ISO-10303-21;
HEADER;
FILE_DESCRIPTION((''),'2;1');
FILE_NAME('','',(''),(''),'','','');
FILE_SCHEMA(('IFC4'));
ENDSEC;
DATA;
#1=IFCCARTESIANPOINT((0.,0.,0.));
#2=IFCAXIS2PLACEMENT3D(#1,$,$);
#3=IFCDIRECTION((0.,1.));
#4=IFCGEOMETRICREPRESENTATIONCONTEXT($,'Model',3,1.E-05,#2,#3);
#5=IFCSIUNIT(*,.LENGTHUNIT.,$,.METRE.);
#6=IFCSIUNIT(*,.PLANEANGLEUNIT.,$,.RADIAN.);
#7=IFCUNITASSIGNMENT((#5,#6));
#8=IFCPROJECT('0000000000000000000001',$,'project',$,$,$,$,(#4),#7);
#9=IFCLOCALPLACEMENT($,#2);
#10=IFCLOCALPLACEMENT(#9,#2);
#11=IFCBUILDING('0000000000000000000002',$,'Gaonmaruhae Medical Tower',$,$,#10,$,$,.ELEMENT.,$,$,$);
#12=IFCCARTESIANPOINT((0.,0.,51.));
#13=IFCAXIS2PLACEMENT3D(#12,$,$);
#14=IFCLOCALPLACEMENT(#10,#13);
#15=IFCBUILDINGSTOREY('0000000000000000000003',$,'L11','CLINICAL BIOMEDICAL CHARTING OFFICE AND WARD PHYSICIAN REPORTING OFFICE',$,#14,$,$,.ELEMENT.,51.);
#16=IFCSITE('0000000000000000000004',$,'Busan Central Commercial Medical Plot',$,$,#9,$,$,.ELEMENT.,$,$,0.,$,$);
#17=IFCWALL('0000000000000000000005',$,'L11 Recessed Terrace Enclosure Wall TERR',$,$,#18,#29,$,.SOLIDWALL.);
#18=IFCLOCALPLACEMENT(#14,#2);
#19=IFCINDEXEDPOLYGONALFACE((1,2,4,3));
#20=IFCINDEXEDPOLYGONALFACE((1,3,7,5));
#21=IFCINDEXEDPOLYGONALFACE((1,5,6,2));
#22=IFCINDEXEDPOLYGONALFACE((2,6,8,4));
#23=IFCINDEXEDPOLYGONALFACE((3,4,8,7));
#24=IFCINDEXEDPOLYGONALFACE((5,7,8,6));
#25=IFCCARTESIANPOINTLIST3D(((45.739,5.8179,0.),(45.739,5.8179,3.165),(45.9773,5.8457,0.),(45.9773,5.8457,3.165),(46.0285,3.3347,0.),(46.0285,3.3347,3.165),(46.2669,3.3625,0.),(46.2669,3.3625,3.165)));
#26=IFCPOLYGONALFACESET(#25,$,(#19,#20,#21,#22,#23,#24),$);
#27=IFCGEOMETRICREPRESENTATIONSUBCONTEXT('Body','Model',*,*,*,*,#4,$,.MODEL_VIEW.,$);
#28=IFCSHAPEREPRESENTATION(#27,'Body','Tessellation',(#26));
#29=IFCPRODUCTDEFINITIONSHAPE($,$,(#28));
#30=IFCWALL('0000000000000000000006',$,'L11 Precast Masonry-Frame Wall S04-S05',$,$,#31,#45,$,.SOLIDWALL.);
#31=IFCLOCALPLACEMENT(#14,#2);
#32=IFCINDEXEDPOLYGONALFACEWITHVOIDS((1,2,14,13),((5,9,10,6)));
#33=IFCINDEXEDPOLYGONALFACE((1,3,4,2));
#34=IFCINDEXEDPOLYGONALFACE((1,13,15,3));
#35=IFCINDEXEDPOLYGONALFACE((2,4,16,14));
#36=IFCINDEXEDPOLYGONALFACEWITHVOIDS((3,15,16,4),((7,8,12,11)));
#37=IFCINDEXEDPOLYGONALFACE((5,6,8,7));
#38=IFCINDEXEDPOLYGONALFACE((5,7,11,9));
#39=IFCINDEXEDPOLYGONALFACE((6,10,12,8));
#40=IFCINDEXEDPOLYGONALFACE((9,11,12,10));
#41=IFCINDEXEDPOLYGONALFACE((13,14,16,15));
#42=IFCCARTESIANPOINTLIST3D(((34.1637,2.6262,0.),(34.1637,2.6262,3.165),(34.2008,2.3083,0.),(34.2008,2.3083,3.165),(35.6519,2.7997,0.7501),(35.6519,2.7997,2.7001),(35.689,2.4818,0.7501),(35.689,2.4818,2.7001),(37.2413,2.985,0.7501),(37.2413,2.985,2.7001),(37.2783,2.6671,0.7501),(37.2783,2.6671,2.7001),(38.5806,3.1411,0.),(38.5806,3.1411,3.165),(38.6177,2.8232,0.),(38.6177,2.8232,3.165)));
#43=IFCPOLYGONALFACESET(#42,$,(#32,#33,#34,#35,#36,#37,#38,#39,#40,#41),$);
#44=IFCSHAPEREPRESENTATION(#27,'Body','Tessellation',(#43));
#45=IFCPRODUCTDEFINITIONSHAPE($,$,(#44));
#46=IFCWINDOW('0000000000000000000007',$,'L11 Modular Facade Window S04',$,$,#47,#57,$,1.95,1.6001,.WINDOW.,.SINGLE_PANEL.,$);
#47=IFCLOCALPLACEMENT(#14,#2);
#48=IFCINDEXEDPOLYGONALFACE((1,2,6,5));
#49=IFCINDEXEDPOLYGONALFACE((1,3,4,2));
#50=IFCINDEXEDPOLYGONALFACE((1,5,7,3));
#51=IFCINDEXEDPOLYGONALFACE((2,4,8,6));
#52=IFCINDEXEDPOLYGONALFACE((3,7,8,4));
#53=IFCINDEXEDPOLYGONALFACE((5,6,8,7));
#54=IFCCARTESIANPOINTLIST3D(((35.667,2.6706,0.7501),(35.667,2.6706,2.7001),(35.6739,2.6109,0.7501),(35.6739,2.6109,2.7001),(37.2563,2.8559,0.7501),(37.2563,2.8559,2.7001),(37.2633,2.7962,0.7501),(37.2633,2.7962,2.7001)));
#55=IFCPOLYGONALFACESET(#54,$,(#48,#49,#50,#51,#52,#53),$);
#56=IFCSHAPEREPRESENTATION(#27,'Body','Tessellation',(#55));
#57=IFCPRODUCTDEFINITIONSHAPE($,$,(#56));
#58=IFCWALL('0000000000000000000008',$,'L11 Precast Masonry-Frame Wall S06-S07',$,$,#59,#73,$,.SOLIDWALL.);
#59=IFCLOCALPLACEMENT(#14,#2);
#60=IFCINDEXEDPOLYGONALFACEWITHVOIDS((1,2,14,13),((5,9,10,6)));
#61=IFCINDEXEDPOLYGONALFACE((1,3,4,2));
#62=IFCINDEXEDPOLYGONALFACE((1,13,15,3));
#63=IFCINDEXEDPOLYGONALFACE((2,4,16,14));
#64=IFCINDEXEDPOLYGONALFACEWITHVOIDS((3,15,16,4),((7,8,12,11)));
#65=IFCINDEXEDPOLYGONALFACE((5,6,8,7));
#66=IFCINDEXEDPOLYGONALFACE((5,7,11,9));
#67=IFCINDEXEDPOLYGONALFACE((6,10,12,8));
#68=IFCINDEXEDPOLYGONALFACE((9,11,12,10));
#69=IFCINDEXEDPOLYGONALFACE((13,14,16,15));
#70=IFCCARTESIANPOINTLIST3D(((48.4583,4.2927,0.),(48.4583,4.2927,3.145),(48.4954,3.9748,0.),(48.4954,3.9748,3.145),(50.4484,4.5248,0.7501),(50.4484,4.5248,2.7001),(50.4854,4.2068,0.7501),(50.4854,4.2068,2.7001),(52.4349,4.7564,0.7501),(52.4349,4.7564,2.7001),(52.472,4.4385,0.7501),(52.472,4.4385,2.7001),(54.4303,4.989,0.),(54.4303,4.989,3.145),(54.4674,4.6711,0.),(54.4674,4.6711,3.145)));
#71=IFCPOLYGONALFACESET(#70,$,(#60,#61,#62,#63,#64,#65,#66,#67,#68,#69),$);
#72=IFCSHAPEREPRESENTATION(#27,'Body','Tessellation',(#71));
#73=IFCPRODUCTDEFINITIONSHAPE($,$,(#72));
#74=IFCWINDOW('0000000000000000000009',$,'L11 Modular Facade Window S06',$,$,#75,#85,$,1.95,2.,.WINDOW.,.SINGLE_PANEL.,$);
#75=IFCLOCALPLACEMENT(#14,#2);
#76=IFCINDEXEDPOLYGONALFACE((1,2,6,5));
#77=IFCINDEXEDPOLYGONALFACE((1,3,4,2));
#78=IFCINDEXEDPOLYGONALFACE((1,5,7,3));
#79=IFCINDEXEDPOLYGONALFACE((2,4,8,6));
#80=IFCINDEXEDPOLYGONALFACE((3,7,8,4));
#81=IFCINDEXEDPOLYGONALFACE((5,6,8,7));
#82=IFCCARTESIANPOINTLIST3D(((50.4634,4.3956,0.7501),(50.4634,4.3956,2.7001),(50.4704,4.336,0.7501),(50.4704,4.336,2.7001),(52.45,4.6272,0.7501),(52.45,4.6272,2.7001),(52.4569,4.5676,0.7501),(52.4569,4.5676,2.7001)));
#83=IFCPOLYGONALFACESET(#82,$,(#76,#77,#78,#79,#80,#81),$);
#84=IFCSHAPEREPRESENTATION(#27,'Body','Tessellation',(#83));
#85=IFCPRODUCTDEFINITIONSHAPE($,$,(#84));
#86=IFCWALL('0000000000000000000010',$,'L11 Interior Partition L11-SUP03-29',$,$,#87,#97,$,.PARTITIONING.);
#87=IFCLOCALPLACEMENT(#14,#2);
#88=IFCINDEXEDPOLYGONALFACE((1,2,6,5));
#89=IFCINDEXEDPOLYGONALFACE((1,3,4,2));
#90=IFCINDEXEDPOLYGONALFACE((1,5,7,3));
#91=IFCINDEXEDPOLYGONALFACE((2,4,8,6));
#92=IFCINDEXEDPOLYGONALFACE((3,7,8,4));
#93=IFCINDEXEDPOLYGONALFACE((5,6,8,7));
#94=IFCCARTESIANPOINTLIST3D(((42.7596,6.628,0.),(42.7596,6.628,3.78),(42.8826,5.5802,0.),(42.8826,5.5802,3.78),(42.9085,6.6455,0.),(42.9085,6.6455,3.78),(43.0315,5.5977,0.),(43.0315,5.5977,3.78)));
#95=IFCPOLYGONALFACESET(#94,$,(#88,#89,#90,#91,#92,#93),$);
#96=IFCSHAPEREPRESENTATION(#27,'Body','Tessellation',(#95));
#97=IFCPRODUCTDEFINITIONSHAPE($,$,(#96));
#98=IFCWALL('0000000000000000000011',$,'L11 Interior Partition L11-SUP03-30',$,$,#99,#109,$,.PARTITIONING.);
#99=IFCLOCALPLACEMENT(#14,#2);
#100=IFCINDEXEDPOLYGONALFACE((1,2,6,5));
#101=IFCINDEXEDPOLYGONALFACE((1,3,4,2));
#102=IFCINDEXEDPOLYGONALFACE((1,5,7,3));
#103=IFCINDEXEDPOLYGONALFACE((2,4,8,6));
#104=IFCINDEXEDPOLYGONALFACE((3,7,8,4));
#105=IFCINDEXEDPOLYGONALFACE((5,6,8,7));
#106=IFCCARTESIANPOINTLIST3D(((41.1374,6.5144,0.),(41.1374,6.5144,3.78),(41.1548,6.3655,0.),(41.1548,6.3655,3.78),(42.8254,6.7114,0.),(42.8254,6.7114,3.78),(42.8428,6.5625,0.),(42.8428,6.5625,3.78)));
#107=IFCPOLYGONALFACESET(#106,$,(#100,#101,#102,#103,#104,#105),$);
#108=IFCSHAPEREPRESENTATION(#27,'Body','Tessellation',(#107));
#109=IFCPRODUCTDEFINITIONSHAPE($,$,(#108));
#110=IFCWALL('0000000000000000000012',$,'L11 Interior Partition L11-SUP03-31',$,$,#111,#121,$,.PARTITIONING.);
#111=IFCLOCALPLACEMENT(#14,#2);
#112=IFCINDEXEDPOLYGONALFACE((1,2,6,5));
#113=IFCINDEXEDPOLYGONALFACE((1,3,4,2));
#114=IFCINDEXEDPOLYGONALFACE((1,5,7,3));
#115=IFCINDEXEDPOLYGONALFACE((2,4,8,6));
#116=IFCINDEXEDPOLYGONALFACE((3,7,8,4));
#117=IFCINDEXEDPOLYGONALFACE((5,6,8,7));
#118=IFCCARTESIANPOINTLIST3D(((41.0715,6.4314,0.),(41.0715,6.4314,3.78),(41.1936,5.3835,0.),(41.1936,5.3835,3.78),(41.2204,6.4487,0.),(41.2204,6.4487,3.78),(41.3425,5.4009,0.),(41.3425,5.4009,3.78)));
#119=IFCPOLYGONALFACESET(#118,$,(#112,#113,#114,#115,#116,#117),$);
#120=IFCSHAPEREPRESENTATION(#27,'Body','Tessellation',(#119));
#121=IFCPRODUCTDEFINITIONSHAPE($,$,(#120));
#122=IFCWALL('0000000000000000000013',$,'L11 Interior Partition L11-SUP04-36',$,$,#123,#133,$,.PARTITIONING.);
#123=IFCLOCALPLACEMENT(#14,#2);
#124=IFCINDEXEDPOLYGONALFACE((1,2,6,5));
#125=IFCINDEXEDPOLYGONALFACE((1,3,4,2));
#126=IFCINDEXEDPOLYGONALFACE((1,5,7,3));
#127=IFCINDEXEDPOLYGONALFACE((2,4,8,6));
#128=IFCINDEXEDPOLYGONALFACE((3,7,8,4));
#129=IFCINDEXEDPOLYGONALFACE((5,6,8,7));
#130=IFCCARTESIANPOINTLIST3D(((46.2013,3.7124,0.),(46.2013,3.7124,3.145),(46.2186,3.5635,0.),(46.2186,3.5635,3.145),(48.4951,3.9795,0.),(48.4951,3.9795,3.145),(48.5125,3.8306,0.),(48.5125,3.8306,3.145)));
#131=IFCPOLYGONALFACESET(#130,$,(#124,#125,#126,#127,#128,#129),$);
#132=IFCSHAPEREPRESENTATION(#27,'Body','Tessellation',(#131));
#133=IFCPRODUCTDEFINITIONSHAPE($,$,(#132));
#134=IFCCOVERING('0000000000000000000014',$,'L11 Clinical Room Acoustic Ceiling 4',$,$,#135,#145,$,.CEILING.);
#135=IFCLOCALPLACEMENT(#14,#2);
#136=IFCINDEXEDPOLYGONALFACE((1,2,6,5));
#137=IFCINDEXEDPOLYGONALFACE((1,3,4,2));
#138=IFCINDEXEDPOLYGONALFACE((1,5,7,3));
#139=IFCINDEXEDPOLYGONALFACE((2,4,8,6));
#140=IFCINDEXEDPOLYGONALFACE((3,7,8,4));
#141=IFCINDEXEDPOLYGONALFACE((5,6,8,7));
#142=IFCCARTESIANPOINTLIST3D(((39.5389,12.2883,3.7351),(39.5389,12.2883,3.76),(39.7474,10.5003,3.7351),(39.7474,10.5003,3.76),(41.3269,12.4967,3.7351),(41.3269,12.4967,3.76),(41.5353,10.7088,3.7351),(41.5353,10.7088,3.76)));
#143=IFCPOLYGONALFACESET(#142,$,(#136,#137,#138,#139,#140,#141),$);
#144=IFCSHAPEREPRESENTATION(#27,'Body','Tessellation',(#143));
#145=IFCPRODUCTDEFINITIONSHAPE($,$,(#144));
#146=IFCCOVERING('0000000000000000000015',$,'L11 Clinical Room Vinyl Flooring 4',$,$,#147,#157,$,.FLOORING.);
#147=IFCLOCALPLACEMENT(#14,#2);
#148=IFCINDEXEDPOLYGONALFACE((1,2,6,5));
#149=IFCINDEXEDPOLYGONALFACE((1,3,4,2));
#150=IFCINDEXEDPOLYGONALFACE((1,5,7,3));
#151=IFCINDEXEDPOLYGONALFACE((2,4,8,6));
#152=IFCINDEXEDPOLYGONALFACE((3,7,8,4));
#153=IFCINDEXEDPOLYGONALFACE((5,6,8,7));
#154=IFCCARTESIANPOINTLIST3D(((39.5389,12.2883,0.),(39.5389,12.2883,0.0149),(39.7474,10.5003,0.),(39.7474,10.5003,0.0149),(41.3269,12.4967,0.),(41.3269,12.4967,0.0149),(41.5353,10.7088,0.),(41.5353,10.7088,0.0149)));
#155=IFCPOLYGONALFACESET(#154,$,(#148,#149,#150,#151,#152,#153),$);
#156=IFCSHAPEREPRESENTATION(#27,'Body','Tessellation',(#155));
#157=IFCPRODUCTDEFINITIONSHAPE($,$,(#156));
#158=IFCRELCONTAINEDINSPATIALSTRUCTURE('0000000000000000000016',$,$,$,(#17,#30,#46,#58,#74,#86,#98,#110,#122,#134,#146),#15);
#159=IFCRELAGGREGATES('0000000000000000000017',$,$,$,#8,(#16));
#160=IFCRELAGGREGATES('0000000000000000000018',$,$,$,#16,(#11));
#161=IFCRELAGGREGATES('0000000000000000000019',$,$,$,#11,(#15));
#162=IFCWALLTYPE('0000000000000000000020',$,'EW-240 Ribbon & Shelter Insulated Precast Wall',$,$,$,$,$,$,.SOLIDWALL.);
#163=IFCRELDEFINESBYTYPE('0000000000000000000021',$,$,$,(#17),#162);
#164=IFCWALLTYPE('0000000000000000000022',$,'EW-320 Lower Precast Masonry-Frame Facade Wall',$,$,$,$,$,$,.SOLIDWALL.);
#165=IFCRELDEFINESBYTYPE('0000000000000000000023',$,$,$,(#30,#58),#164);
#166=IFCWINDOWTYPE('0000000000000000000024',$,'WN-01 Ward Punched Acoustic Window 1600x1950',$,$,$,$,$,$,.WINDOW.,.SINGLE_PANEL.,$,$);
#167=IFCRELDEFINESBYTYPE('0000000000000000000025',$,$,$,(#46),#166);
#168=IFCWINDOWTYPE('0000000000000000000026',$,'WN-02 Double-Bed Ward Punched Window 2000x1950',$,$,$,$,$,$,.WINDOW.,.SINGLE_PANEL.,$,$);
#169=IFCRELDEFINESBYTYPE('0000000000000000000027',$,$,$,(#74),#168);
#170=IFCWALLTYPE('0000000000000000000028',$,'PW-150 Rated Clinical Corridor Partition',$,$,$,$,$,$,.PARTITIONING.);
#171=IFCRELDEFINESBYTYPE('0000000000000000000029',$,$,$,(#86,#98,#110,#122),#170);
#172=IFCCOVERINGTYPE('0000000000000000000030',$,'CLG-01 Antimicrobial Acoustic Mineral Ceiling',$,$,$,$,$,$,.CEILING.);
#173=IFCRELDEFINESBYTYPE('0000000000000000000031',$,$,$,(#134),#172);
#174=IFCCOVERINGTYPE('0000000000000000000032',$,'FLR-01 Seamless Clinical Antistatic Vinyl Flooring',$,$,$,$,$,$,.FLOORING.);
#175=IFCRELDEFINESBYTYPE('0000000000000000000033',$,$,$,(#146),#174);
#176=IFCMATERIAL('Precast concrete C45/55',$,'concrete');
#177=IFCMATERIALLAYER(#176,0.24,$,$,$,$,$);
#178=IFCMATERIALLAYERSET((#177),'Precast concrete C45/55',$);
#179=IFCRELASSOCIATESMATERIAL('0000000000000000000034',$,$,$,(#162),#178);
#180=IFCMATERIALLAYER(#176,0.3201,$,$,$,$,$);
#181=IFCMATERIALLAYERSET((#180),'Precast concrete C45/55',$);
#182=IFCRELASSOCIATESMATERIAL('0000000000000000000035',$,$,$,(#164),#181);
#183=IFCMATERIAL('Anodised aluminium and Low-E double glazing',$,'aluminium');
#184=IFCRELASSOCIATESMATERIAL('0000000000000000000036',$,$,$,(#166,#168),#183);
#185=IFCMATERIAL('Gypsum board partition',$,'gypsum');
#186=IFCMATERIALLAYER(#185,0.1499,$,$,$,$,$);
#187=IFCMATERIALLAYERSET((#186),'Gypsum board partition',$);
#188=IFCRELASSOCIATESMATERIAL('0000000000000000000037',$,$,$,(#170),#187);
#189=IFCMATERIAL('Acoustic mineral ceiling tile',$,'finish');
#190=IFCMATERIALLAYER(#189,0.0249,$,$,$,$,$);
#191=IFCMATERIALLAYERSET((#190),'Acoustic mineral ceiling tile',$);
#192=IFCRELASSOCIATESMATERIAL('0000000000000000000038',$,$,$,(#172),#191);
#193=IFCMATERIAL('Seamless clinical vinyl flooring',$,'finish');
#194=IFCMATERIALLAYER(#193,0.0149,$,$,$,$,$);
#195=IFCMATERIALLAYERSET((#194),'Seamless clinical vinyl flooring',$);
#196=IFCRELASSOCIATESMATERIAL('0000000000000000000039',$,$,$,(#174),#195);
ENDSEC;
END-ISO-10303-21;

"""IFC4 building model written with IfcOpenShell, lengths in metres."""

from ifc_helpers import new_model, si_unit, direction, frame, frame_2d, origin, origin_2d, place, context, subcontext, project, spatial, rectangle, extrude, material, layer, layer_set, type_object, element, fill, save


model = new_model("IFC4")

# Units and contexts
model_context = context("Model", 3, precision=1e-05, world=origin(), true_north=direction((0.0, 1.0)))
body_context = subcontext(model_context, "Body", "Model", "MODEL_VIEW")
ifc_project = project(units=[si_unit("LENGTHUNIT", "METRE"), si_unit("PLANEANGLEUNIT", "RADIAN")], contexts=[model_context])

# Site, building, storey
site_placement = place(None, origin())
site = spatial("IfcSite", under=ifc_project, at=site_placement, Name="Busan Central Commercial Medical Plot", CompositionType="ELEMENT", RefElevation=0.0)
building_placement = place(site_placement, origin())
building = spatial("IfcBuilding", under=site, at=building_placement, Name="Gaonmaruhae Medical Tower", CompositionType="ELEMENT")
storey_placement = place(building_placement, frame((0.0, 0.0, 51.0)))
storey = spatial("IfcBuildingStorey", under=building, at=storey_placement, Name="L11", Description="CLINICAL BIOMEDICAL CHARTING OFFICE AND WARD PHYSICIAN REPORTING OFFICE", CompositionType="ELEMENT", Elevation=51.0)

# Shared definitions
ifc_material_1 = material(Name="Precast concrete C45/55", Category="concrete")
ifc_layer_1 = layer(ifc_material_1, 0.24)
ifc_layer_set_1 = layer_set([ifc_layer_1], Name="Precast concrete C45/55")
wall_type_1 = type_object("IfcWallType", Name="EW-240 Ribbon & Shelter Insulated Precast Wall", PredefinedType="SOLIDWALL", material=ifc_layer_set_1)

# Wall
wall_1_placement = place(storey_placement, frame((46.1477, 3.3486, 0.0), z_axis=(0.0, 0.0, 1.0), x_axis=(-0.115821, 0.99327, 0.0)))
element("IfcWall", 1, at=wall_1_placement, inside=storey, type_object=wall_type_1, Name="L11 Recessed Terrace Enclosure Wall TERR", PredefinedType="SOLIDWALL", context=body_context, shape_type="SweptSolid", body=[
    extrude(rectangle(XDim=2.5, YDim=0.24, at=frame_2d((1.25, 0.0))), origin(), (0.0, 0.0, 1.0), 3.165),
])

# Walls, openings, windows
ifc_layer_2 = layer(ifc_material_1, 0.3201)
ifc_layer_set_2 = layer_set([ifc_layer_2], Name="Precast concrete C45/55")
wall_type_2 = type_object("IfcWallType", Name="EW-320 Lower Precast Masonry-Frame Facade Wall", PredefinedType="SOLIDWALL", material=ifc_layer_set_2)
wall_2_placement = place(storey_placement, frame((38.5991, 2.9822, 0.0), z_axis=(0.0, 0.0, 1.0), x_axis=(-0.993273, -0.115793, 0.0)))
wall_2 = element("IfcWall", 2, at=wall_2_placement, inside=storey, type_object=wall_type_2, Name="L11 Precast Masonry-Frame Wall S04-S05", PredefinedType="SOLIDWALL", context=body_context, shape_type="SweptSolid", body=[
    extrude(rectangle(XDim=4.4468, YDim=0.3201, at=frame_2d((2.2234, 0.0))), origin(), (0.0, 0.0, 1.0), 3.165),
])
opening_1_placement = place(wall_2_placement, frame((1.3484, 0.0, 0.75)))
opening_1 = element("IfcOpeningElement", 3, at=opening_1_placement, cuts=wall_2, PredefinedType="OPENING", context=body_context, shape_type="SweptSolid", body=[
    extrude(rectangle(XDim=1.6001, YDim=1.95, at=frame_2d((0.8, 0.9751))), frame((0.0, 0.1699, 0.0), z_axis=(0.0, -1.0, 0.0), x_axis=(1.0, 0.0, 0.0)), (0.0, 0.0, 1.0), 0.3401),
])
ifc_material_2 = material(Name="Anodised aluminium and Low-E double glazing", Category="aluminium")
window_type_1 = type_object("IfcWindowType", Name="WN-01 Ward Punched Acoustic Window 1600x1950", PartitioningType="SINGLE_PANEL", PredefinedType="WINDOW", material=ifc_material_2)
window_1_placement = place(opening_1_placement, origin())
window_1 = element("IfcWindow", 4, at=window_1_placement, inside=storey, type_object=window_type_1, Name="L11 Modular Facade Window S04", OverallHeight=1.95, OverallWidth=1.6001, PartitioningType="SINGLE_PANEL", PredefinedType="WINDOW", context=body_context, shape_type="SweptSolid", body=[
    extrude(rectangle(XDim=1.6001, YDim=1.95, at=frame_2d((0.8, 0.9751))), frame((0.0, 0.03, 0.0), z_axis=(0.0, -1.0, 0.0), x_axis=(1.0, 0.0, 0.0)), (0.0, 0.0, 1.0), 0.0601),
])
fill(opening_1, window_1)
wall_3_placement = place(storey_placement, frame((54.449, 4.8301, 0.0), z_axis=(0.0, 0.0, 1.0), x_axis=(-0.993271, -0.115809, 0.0)))
wall_3 = element("IfcWall", 5, at=wall_3_placement, inside=storey, type_object=wall_type_2, Name="L11 Precast Masonry-Frame Wall S06-S07", PredefinedType="SOLIDWALL", context=body_context, shape_type="SweptSolid", body=[
    extrude(rectangle(XDim=6.0125, YDim=0.3201, at=frame_2d((3.0063, 0.0))), origin(), (0.0, 0.0, 1.0), 3.145),
])
opening_2_placement = place(wall_3_placement, frame((2.009, 0.0, 0.75)))
opening_2 = element("IfcOpeningElement", 6, at=opening_2_placement, cuts=wall_3, PredefinedType="OPENING", context=body_context, shape_type="SweptSolid", body=[
    extrude(rectangle(XDim=2.0, YDim=1.95, at=frame_2d((1.0, 0.9751))), frame((0.0, 0.1699, 0.0), z_axis=(0.0, -1.0, 0.0), x_axis=(1.0, 0.0, 0.0)), (0.0, 0.0, 1.0), 0.3401),
])
window_type_2 = type_object("IfcWindowType", Name="WN-02 Double-Bed Ward Punched Window 2000x1950", PartitioningType="SINGLE_PANEL", PredefinedType="WINDOW", material=ifc_material_2)
window_2_placement = place(opening_2_placement, origin())
window_2 = element("IfcWindow", 7, at=window_2_placement, inside=storey, type_object=window_type_2, Name="L11 Modular Facade Window S06", OverallHeight=1.95, OverallWidth=2.0, PartitioningType="SINGLE_PANEL", PredefinedType="WINDOW", context=body_context, shape_type="SweptSolid", body=[
    extrude(rectangle(XDim=2.0, YDim=1.95, at=frame_2d((1.0, 0.9751))), frame((0.0, 0.03, 0.0), z_axis=(0.0, -1.0, 0.0), x_axis=(1.0, 0.0, 0.0)), (0.0, 0.0, 1.0), 0.0601),
])
fill(opening_2, window_2)

# Walls
ifc_material_3 = material(Name="Gypsum board partition", Category="gypsum")
ifc_layer_3 = layer(ifc_material_3, 0.1499)
ifc_layer_set_3 = layer_set([ifc_layer_3], Name="Gypsum board partition")
wall_type_3 = type_object("IfcWallType", Name="PW-150 Rated Clinical Corridor Partition", PredefinedType="PARTITIONING", material=ifc_layer_set_3)
wall_4_placement = place(storey_placement, frame((42.957, 5.5891, 0.0), z_axis=(0.0, 0.0, 1.0), x_axis=(-0.116626, 0.993176, 0.0)))
element("IfcWall", 8, at=wall_4_placement, inside=storey, type_object=wall_type_3, Name="L11 Interior Partition L11-SUP03-29", PredefinedType="PARTITIONING", context=body_context, shape_type="SweptSolid", body=[
    extrude(rectangle(XDim=1.0549, YDim=0.1499, at=frame_2d((0.5273, 0.0))), origin(), (0.0, 0.0, 1.0), 3.78),
])
wall_5_placement = place(storey_placement, frame((42.834, 6.637, 0.0), z_axis=(0.0, 0.0, 1.0), x_axis=(-0.993257, -0.115933, 0.0)))
element("IfcWall", 9, at=wall_5_placement, inside=storey, type_object=wall_type_3, Name="L11 Interior Partition L11-SUP03-30", PredefinedType="PARTITIONING", context=body_context, shape_type="SweptSolid", body=[
    extrude(rectangle(XDim=1.6995, YDim=0.1499, at=frame_2d((0.8496, 0.0))), origin(), (0.0, 0.0, 1.0), 3.78),
])
wall_6_placement = place(storey_placement, frame((41.146, 6.4399, 0.0), z_axis=(0.0, 0.0, 1.0), x_axis=(0.115713, -0.993283, 0.0)))
element("IfcWall", 10, at=wall_6_placement, inside=storey, type_object=wall_type_3, Name="L11 Interior Partition L11-SUP03-31", PredefinedType="PARTITIONING", context=body_context, shape_type="SweptSolid", body=[
    extrude(rectangle(XDim=1.0549, YDim=0.1499, at=frame_2d((0.5273, 0.0))), origin(), (0.0, 0.0, 1.0), 3.78),
])
wall_7_placement = place(storey_placement, frame((48.5039, 3.905, 0.0), z_axis=(0.0, 0.0, 1.0), x_axis=(-0.99329, -0.115651, 0.0)))
element("IfcWall", 11, at=wall_7_placement, inside=storey, type_object=wall_type_3, Name="L11 Interior Partition L11-SUP04-36", PredefinedType="PARTITIONING", context=body_context, shape_type="SweptSolid", body=[
    extrude(rectangle(XDim=2.3093, YDim=0.1499, at=frame_2d((1.1548, 0.0))), origin(), (0.0, 0.0, 1.0), 3.145),
])

# Coverings
ifc_material_4 = material(Name="Acoustic mineral ceiling tile", Category="finish")
ifc_layer_4 = layer(ifc_material_4, 0.0249)
ifc_layer_set_4 = layer_set([ifc_layer_4], Name="Acoustic mineral ceiling tile")
covering_type_1 = type_object("IfcCoveringType", Name="CLG-01 Antimicrobial Acoustic Mineral Ceiling", PredefinedType="CEILING", material=ifc_layer_set_4)
covering_1_placement = place(storey_placement, frame((40.5371, 11.4985, 3.7351), z_axis=(0.0, 0.0, 1.0), x_axis=(0.993272, 0.115804, 0.0)))
element("IfcCovering", 12, at=covering_1_placement, inside=storey, type_object=covering_type_1, Name="L11 Clinical Room Acoustic Ceiling 4", PredefinedType="CEILING", context=body_context, shape_type="SweptSolid", body=[
    extrude(rectangle(XDim=1.8, YDim=1.8, at=origin_2d()), origin(), (0.0, 0.0, 1.0), 0.0249),
])
ifc_material_5 = material(Name="Seamless clinical vinyl flooring", Category="finish")
ifc_layer_5 = layer(ifc_material_5, 0.0149)
ifc_layer_set_5 = layer_set([ifc_layer_5], Name="Seamless clinical vinyl flooring")
covering_type_2 = type_object("IfcCoveringType", Name="FLR-01 Seamless Clinical Antistatic Vinyl Flooring", PredefinedType="FLOORING", material=ifc_layer_set_5)
covering_2_placement = place(storey_placement, frame((40.5371, 11.4985, 0.0), z_axis=(0.0, 0.0, 1.0), x_axis=(0.993272, 0.115804, 0.0)))
element("IfcCovering", 13, at=covering_2_placement, inside=storey, type_object=covering_type_2, Name="L11 Clinical Room Vinyl Flooring 4", PredefinedType="FLOORING", context=body_context, shape_type="SweptSolid", body=[
    extrude(rectangle(XDim=1.8, YDim=1.8, at=origin_2d()), origin(), (0.0, 0.0, 1.0), 0.0149),
])

save(model, "model.ifc")
